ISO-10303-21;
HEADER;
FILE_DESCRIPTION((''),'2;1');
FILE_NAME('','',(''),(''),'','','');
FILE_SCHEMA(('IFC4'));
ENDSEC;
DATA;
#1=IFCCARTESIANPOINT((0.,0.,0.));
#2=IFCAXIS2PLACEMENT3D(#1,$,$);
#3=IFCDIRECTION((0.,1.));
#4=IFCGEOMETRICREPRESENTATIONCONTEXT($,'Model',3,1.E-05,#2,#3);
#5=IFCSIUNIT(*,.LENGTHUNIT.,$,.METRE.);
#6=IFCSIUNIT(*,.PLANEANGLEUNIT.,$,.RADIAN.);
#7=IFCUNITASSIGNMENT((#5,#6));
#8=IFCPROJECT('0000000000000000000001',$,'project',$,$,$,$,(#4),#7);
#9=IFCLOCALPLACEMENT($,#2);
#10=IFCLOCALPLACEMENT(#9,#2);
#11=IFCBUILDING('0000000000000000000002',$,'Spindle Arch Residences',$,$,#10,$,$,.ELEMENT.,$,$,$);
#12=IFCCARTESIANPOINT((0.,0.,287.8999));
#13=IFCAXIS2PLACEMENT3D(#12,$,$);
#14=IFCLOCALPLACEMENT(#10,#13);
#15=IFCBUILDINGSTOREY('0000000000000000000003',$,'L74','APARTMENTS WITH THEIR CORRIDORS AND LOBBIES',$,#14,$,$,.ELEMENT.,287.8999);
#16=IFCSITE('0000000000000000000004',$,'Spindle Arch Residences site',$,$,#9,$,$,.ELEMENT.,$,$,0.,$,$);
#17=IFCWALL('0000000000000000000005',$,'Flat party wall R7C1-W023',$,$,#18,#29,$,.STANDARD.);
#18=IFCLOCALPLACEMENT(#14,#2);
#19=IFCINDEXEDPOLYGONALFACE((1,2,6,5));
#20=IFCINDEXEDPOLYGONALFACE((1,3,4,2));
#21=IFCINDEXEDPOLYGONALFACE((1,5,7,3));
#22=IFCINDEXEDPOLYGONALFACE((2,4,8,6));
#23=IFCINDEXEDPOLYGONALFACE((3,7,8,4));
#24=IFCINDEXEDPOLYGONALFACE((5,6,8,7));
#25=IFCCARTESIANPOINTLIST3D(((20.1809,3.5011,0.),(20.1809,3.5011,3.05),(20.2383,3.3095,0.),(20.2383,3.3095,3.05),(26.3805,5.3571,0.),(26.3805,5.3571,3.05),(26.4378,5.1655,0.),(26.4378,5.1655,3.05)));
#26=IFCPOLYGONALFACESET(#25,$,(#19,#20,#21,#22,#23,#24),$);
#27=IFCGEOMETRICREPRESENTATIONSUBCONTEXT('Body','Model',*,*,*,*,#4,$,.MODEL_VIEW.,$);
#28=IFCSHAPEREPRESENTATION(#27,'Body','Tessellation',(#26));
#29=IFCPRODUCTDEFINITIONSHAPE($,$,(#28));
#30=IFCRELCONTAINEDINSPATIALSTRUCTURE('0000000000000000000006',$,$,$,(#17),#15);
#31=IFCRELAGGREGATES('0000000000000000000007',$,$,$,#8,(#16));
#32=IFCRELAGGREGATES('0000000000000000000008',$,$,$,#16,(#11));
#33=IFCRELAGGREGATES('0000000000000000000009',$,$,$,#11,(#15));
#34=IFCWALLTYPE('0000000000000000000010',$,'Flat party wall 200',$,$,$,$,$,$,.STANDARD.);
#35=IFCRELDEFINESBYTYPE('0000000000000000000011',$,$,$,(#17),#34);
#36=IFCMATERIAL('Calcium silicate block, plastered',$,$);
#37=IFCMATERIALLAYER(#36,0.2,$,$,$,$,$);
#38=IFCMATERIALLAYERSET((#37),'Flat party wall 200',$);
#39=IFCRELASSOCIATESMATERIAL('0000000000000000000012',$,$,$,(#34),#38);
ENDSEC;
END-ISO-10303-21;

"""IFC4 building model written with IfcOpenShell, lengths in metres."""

from ifc_helpers import new_model, si_unit, direction, frame, frame_2d, origin, place, context, subcontext, project, spatial, rectangle, extrude, material, layer, layer_set, type_object, element, save


model = new_model("IFC4")

# Units and contexts
model_context = context("Model", 3, precision=1e-05, world=origin(), true_north=direction((0.0, 1.0)))
body_context = subcontext(model_context, "Body", "Model", "MODEL_VIEW")
ifc_project = project(units=[si_unit("LENGTHUNIT", "METRE"), si_unit("PLANEANGLEUNIT", "RADIAN")], contexts=[model_context])

# Site, building, storey
site_placement = place(None, origin())
site = spatial("IfcSite", under=ifc_project, at=site_placement, Name="Spindle Arch Residences site", CompositionType="ELEMENT", RefElevation=0.0)
building_placement = place(site_placement, origin())
building = spatial("IfcBuilding", under=site, at=building_placement, Name="Spindle Arch Residences", CompositionType="ELEMENT")
storey_placement = place(building_placement, frame((0.0, 0.0, 287.8999)))
storey = spatial("IfcBuildingStorey", under=building, at=storey_placement, Name="L74", Description="APARTMENTS WITH THEIR CORRIDORS AND LOBBIES", CompositionType="ELEMENT", Elevation=287.8999)

# Wall
ifc_material_1 = material(Name="Calcium silicate block, plastered")
ifc_layer_1 = layer(ifc_material_1, 0.2)
ifc_layer_set_1 = layer_set([ifc_layer_1], Name="Flat party wall 200")
wall_type_1 = type_object("IfcWallType", Name="Flat party wall 200", PredefinedType="STANDARD", material=ifc_layer_set_1)
wall_1_placement = place(storey_placement, frame((20.2095, 3.4053, 0.0), z_axis=(0.0, 0.0, 1.0), x_axis=(0.957991, 0.286798, 0.0)))
element("IfcWall", 1, at=wall_1_placement, inside=storey, type_object=wall_type_1, Name="Flat party wall R7C1-W023", PredefinedType="STANDARD", context=body_context, shape_type="SweptSolid", body=[
    extrude(rectangle(XDim=6.4714, YDim=0.2, at=frame_2d((3.2358, 0.0))), origin(), (0.0, 0.0, 1.0), 3.05),
])

save(model, "model.ifc")
